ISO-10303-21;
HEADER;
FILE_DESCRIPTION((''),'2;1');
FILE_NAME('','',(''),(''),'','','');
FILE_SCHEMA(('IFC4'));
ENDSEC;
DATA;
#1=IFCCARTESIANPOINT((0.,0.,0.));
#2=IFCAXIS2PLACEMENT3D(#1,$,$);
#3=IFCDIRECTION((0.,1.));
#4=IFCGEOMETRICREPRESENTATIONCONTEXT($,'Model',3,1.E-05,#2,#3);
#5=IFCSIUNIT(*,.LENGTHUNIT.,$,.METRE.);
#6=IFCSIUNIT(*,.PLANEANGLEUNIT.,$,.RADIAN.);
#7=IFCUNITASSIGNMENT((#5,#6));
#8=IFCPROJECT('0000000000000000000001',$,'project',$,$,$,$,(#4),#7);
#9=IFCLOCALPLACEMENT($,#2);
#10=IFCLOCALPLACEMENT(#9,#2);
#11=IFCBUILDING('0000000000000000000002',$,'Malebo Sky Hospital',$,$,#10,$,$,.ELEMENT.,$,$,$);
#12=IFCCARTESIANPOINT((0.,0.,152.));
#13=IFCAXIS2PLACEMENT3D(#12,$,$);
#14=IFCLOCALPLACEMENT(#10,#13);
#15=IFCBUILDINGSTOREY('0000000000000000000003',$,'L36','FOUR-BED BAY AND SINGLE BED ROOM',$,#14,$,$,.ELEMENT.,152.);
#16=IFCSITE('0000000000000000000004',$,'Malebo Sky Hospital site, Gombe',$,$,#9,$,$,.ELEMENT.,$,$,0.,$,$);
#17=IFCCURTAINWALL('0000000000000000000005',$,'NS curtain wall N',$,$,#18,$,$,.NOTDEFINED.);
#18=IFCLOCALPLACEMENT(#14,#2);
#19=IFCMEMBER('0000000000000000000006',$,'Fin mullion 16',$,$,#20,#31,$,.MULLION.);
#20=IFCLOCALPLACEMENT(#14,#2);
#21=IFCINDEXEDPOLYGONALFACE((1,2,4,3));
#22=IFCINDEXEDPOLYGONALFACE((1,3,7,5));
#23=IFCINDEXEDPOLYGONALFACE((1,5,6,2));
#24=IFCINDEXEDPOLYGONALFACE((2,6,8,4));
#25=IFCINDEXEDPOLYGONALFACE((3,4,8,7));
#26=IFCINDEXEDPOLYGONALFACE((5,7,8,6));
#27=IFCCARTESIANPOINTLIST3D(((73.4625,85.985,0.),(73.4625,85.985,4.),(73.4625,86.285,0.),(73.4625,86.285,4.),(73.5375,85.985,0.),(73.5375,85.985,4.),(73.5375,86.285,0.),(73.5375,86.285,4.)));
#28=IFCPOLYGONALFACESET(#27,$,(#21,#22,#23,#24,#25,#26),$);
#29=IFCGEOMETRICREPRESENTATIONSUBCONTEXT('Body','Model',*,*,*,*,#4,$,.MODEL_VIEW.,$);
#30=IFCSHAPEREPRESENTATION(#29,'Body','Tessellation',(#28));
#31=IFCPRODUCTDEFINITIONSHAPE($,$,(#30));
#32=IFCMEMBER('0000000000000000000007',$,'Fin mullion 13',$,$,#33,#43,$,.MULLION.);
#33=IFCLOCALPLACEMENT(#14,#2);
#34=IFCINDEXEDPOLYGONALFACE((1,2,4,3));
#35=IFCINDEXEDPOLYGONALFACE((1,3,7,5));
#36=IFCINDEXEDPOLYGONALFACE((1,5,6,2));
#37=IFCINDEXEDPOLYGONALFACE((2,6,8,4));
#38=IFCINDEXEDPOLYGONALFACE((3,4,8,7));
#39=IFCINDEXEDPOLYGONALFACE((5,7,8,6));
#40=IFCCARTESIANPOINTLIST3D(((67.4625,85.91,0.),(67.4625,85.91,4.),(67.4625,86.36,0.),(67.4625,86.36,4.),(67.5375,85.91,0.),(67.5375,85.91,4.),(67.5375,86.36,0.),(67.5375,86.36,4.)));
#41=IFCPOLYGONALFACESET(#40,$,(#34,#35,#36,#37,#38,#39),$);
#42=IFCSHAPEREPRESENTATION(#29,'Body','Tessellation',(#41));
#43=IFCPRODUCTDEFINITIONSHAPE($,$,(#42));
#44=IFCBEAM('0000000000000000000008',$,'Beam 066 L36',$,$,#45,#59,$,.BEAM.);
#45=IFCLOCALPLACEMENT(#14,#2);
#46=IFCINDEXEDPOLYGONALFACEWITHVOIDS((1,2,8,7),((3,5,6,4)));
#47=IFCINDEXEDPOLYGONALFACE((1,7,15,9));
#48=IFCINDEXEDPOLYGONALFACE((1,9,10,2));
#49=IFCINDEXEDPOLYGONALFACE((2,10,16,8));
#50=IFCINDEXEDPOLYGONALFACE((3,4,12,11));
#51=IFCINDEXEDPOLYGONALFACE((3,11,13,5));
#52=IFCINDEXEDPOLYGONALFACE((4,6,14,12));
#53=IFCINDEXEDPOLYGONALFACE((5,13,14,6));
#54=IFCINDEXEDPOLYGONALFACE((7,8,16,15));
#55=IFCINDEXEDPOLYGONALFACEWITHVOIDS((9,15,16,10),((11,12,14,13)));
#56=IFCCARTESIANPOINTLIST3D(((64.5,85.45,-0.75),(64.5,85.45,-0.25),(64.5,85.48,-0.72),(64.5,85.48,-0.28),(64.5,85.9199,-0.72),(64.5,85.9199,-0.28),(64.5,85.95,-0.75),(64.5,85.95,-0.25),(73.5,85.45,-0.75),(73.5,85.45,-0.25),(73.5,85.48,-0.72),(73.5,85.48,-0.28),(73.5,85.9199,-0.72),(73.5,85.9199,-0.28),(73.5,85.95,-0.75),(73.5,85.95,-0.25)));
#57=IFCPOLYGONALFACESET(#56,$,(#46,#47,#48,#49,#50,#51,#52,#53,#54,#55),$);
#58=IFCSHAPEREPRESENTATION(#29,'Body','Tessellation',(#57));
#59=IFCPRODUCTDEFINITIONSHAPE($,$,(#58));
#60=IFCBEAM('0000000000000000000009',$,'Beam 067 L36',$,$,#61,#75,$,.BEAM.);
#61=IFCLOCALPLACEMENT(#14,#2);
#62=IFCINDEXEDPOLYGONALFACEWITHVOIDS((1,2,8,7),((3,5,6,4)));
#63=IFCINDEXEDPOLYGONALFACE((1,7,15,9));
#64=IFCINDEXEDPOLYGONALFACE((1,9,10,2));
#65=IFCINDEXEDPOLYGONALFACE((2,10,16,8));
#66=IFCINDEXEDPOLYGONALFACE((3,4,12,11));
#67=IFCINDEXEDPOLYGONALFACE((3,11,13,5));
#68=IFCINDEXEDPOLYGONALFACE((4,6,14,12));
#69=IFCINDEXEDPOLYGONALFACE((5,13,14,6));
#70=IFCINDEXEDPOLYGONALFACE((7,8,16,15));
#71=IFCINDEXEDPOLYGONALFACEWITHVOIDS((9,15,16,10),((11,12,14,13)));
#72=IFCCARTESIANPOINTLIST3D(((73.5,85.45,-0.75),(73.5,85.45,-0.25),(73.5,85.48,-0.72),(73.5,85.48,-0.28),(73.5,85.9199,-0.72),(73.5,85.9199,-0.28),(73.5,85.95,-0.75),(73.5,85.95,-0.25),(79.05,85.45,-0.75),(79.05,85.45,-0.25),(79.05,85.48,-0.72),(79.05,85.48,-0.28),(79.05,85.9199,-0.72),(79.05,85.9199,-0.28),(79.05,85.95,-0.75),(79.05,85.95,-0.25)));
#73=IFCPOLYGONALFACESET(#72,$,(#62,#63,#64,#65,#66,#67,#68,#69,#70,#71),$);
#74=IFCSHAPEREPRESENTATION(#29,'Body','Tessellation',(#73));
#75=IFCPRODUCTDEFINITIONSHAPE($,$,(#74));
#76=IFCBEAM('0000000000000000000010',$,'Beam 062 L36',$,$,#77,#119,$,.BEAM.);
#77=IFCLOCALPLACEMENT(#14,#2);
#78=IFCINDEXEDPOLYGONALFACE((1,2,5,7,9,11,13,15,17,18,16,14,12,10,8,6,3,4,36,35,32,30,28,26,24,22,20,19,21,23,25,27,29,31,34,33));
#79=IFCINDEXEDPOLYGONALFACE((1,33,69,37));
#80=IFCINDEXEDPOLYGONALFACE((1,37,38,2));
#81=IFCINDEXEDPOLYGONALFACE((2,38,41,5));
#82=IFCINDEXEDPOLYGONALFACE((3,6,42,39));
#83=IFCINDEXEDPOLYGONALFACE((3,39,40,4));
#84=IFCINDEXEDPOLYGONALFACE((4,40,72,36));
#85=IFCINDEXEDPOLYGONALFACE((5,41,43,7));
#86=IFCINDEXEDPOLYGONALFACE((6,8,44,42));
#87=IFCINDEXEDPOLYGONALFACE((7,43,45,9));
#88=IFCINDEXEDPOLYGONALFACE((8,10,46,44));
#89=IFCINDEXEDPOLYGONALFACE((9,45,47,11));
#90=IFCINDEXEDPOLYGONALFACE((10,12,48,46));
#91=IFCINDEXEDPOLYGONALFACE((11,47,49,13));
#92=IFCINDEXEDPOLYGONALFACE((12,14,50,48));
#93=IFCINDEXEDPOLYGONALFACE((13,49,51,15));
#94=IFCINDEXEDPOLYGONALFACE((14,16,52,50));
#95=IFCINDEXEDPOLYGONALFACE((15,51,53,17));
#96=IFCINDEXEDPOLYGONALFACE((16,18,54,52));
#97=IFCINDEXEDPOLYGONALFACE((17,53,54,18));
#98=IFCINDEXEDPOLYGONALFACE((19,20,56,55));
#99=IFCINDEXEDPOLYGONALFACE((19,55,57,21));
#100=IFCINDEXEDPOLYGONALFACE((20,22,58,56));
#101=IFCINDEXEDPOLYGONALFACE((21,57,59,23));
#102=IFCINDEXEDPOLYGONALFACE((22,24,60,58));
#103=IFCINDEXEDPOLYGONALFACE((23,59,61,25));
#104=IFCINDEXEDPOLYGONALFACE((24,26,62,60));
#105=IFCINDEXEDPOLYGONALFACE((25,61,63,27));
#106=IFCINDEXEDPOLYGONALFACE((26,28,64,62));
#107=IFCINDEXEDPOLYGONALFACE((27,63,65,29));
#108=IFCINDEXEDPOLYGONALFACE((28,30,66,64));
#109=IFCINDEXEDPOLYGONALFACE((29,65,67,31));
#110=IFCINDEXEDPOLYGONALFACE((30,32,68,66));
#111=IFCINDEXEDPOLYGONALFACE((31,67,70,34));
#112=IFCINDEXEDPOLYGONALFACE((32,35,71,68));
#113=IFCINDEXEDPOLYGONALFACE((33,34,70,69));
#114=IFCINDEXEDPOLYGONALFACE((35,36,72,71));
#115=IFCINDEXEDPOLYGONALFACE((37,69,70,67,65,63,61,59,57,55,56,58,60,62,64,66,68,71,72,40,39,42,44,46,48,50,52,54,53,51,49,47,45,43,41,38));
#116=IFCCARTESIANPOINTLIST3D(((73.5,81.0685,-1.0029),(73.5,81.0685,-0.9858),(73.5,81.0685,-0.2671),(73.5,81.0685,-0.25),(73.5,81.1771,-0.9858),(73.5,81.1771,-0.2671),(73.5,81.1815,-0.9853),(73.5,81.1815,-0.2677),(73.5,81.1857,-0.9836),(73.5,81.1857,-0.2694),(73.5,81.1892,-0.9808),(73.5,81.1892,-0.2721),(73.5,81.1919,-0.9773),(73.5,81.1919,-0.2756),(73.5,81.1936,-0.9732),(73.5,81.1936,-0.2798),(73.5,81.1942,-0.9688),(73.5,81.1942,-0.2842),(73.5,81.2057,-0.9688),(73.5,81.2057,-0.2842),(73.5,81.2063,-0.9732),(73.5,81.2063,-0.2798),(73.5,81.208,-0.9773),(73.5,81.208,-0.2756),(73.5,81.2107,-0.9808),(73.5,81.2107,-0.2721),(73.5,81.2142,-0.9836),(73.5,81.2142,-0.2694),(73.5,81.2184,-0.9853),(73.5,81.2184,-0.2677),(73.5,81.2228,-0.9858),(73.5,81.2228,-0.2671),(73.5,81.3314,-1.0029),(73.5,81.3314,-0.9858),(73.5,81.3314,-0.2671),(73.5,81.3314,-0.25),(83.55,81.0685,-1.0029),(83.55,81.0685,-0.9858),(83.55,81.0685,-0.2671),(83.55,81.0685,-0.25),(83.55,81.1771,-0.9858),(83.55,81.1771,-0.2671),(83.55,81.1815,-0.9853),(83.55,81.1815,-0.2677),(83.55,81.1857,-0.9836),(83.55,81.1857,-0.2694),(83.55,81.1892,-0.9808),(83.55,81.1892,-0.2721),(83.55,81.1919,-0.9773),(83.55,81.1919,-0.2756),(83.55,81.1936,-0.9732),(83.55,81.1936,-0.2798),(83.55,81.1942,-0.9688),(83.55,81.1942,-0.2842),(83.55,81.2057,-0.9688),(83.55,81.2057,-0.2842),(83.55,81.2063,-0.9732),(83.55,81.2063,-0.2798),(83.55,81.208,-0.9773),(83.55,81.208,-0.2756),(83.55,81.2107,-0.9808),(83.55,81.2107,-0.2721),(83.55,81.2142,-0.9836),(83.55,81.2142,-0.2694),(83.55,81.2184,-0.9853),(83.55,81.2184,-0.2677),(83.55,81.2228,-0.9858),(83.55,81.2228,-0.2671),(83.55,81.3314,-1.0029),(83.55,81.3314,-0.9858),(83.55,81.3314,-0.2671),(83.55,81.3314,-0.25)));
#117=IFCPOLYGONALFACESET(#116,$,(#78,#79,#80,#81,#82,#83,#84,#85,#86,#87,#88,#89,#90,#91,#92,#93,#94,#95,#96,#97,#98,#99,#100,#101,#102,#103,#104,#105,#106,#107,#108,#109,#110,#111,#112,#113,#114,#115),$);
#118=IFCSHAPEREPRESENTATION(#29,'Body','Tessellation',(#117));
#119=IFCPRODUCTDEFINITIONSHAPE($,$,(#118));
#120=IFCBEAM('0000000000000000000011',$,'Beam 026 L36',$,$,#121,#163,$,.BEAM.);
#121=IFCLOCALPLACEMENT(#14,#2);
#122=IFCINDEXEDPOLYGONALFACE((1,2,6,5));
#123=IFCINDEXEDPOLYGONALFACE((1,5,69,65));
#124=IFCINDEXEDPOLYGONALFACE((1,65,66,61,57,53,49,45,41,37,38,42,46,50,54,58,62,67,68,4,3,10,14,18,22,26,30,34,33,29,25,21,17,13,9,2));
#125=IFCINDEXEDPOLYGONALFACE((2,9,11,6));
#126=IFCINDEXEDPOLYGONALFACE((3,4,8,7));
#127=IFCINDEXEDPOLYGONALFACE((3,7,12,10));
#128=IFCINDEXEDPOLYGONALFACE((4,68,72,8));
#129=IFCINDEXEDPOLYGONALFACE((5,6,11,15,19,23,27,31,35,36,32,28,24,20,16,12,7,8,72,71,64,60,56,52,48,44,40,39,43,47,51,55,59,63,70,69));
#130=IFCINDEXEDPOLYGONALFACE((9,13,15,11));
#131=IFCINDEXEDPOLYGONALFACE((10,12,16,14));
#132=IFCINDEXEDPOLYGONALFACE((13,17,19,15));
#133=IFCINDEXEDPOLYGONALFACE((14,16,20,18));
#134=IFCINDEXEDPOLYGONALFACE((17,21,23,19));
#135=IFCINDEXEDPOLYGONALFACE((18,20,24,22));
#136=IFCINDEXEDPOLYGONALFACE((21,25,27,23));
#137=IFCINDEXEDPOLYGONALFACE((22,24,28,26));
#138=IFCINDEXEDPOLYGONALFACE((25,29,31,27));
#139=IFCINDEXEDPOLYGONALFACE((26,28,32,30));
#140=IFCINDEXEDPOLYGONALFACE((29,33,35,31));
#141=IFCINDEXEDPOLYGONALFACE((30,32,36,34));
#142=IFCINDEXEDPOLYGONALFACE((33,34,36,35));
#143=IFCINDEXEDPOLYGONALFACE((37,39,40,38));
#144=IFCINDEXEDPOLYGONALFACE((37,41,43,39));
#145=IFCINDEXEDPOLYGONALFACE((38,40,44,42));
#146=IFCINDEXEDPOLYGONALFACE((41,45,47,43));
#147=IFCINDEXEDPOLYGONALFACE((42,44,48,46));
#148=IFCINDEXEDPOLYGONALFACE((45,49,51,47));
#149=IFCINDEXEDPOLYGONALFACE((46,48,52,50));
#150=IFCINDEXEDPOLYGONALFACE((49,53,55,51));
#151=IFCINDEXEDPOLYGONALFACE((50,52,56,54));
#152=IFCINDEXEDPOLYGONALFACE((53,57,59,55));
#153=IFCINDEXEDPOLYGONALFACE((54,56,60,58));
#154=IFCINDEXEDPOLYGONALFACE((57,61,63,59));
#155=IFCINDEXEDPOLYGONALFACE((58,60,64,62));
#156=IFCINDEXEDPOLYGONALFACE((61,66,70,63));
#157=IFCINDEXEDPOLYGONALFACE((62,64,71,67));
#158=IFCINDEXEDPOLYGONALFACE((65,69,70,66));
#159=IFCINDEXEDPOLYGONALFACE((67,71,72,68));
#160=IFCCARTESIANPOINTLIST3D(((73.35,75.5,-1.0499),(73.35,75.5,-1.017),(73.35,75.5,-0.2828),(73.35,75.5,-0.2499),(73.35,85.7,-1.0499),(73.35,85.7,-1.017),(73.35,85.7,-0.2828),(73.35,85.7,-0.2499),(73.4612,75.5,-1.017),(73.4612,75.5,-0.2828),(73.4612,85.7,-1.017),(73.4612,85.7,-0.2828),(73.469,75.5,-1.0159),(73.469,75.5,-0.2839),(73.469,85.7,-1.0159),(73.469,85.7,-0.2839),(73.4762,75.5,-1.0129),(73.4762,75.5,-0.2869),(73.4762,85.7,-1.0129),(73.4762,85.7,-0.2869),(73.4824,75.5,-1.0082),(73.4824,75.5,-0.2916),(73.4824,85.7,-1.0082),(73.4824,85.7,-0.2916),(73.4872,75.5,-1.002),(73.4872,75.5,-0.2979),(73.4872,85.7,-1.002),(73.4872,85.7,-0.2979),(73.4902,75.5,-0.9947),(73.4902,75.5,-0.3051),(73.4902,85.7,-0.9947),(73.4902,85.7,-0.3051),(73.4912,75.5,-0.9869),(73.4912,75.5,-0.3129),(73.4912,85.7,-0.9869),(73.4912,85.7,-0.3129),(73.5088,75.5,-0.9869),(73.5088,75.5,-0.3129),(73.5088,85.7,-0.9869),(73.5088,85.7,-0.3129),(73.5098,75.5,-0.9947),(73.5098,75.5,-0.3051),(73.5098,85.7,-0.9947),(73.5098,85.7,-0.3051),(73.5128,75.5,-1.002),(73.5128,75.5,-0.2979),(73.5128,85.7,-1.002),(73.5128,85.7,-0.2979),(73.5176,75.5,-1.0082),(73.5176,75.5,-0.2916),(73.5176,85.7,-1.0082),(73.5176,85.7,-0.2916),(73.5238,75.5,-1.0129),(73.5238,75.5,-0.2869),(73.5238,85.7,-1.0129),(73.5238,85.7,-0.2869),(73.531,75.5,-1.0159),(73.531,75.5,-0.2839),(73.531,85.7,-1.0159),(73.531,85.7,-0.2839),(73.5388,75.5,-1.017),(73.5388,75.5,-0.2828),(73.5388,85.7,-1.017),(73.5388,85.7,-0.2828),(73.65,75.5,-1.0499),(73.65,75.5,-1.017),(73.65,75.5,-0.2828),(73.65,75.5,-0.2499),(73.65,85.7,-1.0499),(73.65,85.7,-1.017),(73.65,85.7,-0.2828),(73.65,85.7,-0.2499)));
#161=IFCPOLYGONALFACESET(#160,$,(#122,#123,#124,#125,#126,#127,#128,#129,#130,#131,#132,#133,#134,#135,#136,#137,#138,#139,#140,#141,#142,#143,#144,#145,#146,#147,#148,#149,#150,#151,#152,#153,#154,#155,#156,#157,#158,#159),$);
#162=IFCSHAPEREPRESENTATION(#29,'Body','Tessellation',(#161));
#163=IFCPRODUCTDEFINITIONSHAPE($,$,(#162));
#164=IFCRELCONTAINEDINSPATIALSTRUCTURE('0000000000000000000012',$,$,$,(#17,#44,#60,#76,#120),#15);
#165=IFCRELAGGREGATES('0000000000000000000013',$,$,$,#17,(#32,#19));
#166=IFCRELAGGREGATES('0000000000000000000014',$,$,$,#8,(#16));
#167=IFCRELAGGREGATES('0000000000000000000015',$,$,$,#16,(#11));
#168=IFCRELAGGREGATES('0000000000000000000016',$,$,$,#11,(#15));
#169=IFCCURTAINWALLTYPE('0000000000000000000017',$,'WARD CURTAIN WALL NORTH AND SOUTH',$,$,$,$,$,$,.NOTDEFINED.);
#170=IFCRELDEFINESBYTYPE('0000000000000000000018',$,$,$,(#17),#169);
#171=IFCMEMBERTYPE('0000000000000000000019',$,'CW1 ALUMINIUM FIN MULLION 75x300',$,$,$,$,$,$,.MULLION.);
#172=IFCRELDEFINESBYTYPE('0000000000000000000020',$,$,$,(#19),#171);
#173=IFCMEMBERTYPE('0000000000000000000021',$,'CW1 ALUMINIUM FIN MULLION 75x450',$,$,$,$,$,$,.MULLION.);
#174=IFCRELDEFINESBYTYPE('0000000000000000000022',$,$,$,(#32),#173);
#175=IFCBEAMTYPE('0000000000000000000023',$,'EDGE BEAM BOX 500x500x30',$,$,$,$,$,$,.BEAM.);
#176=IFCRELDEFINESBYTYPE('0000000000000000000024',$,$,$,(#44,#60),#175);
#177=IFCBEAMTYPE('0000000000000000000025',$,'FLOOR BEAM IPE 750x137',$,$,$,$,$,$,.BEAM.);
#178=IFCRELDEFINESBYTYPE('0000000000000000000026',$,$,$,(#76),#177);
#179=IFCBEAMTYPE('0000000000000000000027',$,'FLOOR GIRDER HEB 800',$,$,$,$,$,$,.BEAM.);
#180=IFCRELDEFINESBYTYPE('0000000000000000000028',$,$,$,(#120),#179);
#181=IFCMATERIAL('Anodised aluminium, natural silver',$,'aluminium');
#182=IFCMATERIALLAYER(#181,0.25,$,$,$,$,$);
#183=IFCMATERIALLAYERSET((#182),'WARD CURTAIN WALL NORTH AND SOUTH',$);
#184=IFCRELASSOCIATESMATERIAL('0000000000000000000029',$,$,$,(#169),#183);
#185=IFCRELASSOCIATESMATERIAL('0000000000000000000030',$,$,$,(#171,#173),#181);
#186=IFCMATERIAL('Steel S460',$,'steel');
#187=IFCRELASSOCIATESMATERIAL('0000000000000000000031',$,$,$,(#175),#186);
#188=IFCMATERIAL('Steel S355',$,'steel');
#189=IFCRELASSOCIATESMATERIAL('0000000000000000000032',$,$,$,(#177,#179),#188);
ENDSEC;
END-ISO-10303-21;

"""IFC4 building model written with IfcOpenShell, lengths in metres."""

from ifc_helpers import new_model, si_unit, direction, frame, origin, origin_2d, place, context, subcontext, project, spatial, rectangle, hollow_rectangle, i_section, extrude, material, layer, layer_set, material_profile, profile_set, type_object, element, aggregate, save


model = new_model("IFC4")

# Units and contexts
model_context = context("Model", 3, precision=1e-05, world=origin(), true_north=direction((0.0, 1.0)))
body_context = subcontext(model_context, "Body", "Model", "MODEL_VIEW")
ifc_project = project(units=[si_unit("LENGTHUNIT", "METRE"), si_unit("PLANEANGLEUNIT", "RADIAN")], contexts=[model_context])

# Site, building, storey
site_placement = place(None, origin())
site = spatial("IfcSite", under=ifc_project, at=site_placement, Name="Malebo Sky Hospital site, Gombe", CompositionType="ELEMENT", RefElevation=0.0)
building_placement = place(site_placement, origin())
building = spatial("IfcBuilding", under=site, at=building_placement, Name="Malebo Sky Hospital", CompositionType="ELEMENT")
storey_placement = place(building_placement, frame((0.0, 0.0, 152.0)))
storey = spatial("IfcBuildingStorey", under=building, at=storey_placement, Name="L36", Description="FOUR-BED BAY AND SINGLE BED ROOM", CompositionType="ELEMENT", Elevation=152.0)

# Shared definitions
ifc_material_1 = material(Name="Steel S460", Category="steel")

# Curtain wall
ifc_material_2 = material(Name="Anodised aluminium, natural silver", Category="aluminium")
ifc_layer_1 = layer(ifc_material_2, 0.25)
ifc_layer_set_1 = layer_set([ifc_layer_1], Name="WARD CURTAIN WALL NORTH AND SOUTH")
curtain_wall_type = type_object("IfcCurtainWallType", Name="WARD CURTAIN WALL NORTH AND SOUTH", PredefinedType="NOTDEFINED", material=ifc_layer_set_1)
curtain_wall_placement = place(storey_placement, origin())
curtain_wall = element("IfcCurtainWall", 1, at=curtain_wall_placement, inside=storey, type_object=curtain_wall_type, Name="NS curtain wall N", PredefinedType="NOTDEFINED")

# Members
ifc_material_3 = material(Name="Steel S355", Category="steel")
ifc_material_profile_1 = material_profile(ifc_material_2, rectangle(XDim=0.075, YDim=0.3, at=origin_2d()), Name="CW1 ALUMINIUM FIN MULLION 75x300")
ifc_profile_set_1 = profile_set([ifc_material_profile_1], Name="Anodised aluminium, natural silver")
member_type_1 = type_object("IfcMemberType", Name="CW1 ALUMINIUM FIN MULLION 75x300", PredefinedType="MULLION", material=ifc_profile_set_1)
member_1_placement = place(storey_placement, frame((73.5, 86.135, 0.0), z_axis=(0.0, 0.0, 1.0), x_axis=(1.0, 0.0, 0.0)))
member_1 = element("IfcMember", 2, at=member_1_placement, type_object=member_type_1, Name="Fin mullion 16", PredefinedType="MULLION", context=body_context, shape_type="SweptSolid", body=[
    extrude(rectangle(XDim=0.075, YDim=0.3, at=origin_2d()), origin(), (0.0, 0.0, 1.0), 4.0),
])
ifc_material_profile_2 = material_profile(ifc_material_2, rectangle(XDim=0.075, YDim=0.45, at=origin_2d()), Name="CW1 ALUMINIUM FIN MULLION 75x450")
ifc_profile_set_2 = profile_set([ifc_material_profile_2], Name="Anodised aluminium, natural silver")
member_type_2 = type_object("IfcMemberType", Name="CW1 ALUMINIUM FIN MULLION 75x450", PredefinedType="MULLION", material=ifc_profile_set_2)
member_2_placement = place(storey_placement, frame((67.5, 86.135, 0.0), z_axis=(0.0, 0.0, 1.0), x_axis=(1.0, 0.0, 0.0)))
member_2 = element("IfcMember", 3, at=member_2_placement, type_object=member_type_2, Name="Fin mullion 13", PredefinedType="MULLION", context=body_context, shape_type="SweptSolid", body=[
    extrude(rectangle(XDim=0.075, YDim=0.45, at=origin_2d()), origin(), (0.0, 0.0, 1.0), 4.0),
])

# Beams
ifc_material_profile_3 = material_profile(ifc_material_1, hollow_rectangle(XDim=0.5, YDim=0.5, WallThickness=0.03, at=origin_2d()), Name="BOX 500x500x30")
ifc_profile_set_3 = profile_set([ifc_material_profile_3], Name="Steel S460")
beam_type_1 = type_object("IfcBeamType", Name="EDGE BEAM BOX 500x500x30", PredefinedType="BEAM", material=ifc_profile_set_3)
beam_1_placement = place(storey_placement, frame((64.5, 85.7, -0.5), z_axis=(1.0, 0.0, 0.0), x_axis=(0.0, 1.0, 0.0)))
element("IfcBeam", 4, at=beam_1_placement, inside=storey, type_object=beam_type_1, Name="Beam 066 L36", PredefinedType="BEAM", context=body_context, shape_type="SweptSolid", body=[
    extrude(hollow_rectangle(XDim=0.5, YDim=0.5, WallThickness=0.03, at=origin_2d()), origin(), (0.0, 0.0, 1.0), 9.0),
])
beam_2_placement = place(storey_placement, frame((73.5, 85.7, -0.5), z_axis=(1.0, 0.0, 0.0), x_axis=(0.0, 1.0, 0.0)))
element("IfcBeam", 5, at=beam_2_placement, inside=storey, type_object=beam_type_1, Name="Beam 067 L36", PredefinedType="BEAM", context=body_context, shape_type="SweptSolid", body=[
    extrude(hollow_rectangle(XDim=0.5, YDim=0.5, WallThickness=0.03, at=origin_2d()), origin(), (0.0, 0.0, 1.0), 5.55),
])
ifc_material_profile_4 = material_profile(ifc_material_3, i_section(OverallWidth=0.2629, OverallDepth=0.7529, WebThickness=0.0115, FlangeThickness=0.0171, FilletRadius=0.0171, at=origin_2d()), Name="IPE 750x137")
ifc_profile_set_4 = profile_set([ifc_material_profile_4], Name="Steel S355")
beam_type_2 = type_object("IfcBeamType", Name="FLOOR BEAM IPE 750x137", PredefinedType="BEAM", material=ifc_profile_set_4)
beam_3_placement = place(storey_placement, frame((73.5, 81.2, -0.6265), z_axis=(1.0, 0.0, 0.0), x_axis=(0.0, 1.0, 0.0)))
element("IfcBeam", 6, at=beam_3_placement, inside=storey, type_object=beam_type_2, Name="Beam 062 L36", PredefinedType="BEAM", context=body_context, shape_type="SweptSolid", body=[
    extrude(i_section(OverallWidth=0.2629, OverallDepth=0.7529, WebThickness=0.0115, FlangeThickness=0.0171, FilletRadius=0.0171, at=origin_2d()), origin(), (0.0, 0.0, 1.0), 10.05),
])
ifc_material_profile_5 = material_profile(ifc_material_3, i_section(OverallWidth=0.3, OverallDepth=0.8, WebThickness=0.0176, FlangeThickness=0.033, FilletRadius=0.03, at=origin_2d()), Name="HEB 800")
ifc_profile_set_5 = profile_set([ifc_material_profile_5], Name="Steel S355")
beam_type_3 = type_object("IfcBeamType", Name="FLOOR GIRDER HEB 800", PredefinedType="BEAM", material=ifc_profile_set_5)
for number, where, z_axis, x_axis, name in (
    (7, (73.5, 75.5, -0.6499), (0.0, 1.0, 0.0), (-1.0, 0.0, 0.0), "Beam 026 L36"),
):
    element("IfcBeam", number, at=place(storey_placement, frame(where, z_axis=z_axis, x_axis=x_axis)), inside=storey, type_object=beam_type_3, Name=name, PredefinedType="BEAM", context=body_context, shape_type="SweptSolid", body=[
        extrude(i_section(OverallWidth=0.3, OverallDepth=0.8, WebThickness=0.0176, FlangeThickness=0.033, FilletRadius=0.03, at=origin_2d()), origin(), (0.0, 0.0, 1.0), 10.2),
    ])

aggregate(curtain_wall, [member_2, member_1])

save(model, "model.ifc")
